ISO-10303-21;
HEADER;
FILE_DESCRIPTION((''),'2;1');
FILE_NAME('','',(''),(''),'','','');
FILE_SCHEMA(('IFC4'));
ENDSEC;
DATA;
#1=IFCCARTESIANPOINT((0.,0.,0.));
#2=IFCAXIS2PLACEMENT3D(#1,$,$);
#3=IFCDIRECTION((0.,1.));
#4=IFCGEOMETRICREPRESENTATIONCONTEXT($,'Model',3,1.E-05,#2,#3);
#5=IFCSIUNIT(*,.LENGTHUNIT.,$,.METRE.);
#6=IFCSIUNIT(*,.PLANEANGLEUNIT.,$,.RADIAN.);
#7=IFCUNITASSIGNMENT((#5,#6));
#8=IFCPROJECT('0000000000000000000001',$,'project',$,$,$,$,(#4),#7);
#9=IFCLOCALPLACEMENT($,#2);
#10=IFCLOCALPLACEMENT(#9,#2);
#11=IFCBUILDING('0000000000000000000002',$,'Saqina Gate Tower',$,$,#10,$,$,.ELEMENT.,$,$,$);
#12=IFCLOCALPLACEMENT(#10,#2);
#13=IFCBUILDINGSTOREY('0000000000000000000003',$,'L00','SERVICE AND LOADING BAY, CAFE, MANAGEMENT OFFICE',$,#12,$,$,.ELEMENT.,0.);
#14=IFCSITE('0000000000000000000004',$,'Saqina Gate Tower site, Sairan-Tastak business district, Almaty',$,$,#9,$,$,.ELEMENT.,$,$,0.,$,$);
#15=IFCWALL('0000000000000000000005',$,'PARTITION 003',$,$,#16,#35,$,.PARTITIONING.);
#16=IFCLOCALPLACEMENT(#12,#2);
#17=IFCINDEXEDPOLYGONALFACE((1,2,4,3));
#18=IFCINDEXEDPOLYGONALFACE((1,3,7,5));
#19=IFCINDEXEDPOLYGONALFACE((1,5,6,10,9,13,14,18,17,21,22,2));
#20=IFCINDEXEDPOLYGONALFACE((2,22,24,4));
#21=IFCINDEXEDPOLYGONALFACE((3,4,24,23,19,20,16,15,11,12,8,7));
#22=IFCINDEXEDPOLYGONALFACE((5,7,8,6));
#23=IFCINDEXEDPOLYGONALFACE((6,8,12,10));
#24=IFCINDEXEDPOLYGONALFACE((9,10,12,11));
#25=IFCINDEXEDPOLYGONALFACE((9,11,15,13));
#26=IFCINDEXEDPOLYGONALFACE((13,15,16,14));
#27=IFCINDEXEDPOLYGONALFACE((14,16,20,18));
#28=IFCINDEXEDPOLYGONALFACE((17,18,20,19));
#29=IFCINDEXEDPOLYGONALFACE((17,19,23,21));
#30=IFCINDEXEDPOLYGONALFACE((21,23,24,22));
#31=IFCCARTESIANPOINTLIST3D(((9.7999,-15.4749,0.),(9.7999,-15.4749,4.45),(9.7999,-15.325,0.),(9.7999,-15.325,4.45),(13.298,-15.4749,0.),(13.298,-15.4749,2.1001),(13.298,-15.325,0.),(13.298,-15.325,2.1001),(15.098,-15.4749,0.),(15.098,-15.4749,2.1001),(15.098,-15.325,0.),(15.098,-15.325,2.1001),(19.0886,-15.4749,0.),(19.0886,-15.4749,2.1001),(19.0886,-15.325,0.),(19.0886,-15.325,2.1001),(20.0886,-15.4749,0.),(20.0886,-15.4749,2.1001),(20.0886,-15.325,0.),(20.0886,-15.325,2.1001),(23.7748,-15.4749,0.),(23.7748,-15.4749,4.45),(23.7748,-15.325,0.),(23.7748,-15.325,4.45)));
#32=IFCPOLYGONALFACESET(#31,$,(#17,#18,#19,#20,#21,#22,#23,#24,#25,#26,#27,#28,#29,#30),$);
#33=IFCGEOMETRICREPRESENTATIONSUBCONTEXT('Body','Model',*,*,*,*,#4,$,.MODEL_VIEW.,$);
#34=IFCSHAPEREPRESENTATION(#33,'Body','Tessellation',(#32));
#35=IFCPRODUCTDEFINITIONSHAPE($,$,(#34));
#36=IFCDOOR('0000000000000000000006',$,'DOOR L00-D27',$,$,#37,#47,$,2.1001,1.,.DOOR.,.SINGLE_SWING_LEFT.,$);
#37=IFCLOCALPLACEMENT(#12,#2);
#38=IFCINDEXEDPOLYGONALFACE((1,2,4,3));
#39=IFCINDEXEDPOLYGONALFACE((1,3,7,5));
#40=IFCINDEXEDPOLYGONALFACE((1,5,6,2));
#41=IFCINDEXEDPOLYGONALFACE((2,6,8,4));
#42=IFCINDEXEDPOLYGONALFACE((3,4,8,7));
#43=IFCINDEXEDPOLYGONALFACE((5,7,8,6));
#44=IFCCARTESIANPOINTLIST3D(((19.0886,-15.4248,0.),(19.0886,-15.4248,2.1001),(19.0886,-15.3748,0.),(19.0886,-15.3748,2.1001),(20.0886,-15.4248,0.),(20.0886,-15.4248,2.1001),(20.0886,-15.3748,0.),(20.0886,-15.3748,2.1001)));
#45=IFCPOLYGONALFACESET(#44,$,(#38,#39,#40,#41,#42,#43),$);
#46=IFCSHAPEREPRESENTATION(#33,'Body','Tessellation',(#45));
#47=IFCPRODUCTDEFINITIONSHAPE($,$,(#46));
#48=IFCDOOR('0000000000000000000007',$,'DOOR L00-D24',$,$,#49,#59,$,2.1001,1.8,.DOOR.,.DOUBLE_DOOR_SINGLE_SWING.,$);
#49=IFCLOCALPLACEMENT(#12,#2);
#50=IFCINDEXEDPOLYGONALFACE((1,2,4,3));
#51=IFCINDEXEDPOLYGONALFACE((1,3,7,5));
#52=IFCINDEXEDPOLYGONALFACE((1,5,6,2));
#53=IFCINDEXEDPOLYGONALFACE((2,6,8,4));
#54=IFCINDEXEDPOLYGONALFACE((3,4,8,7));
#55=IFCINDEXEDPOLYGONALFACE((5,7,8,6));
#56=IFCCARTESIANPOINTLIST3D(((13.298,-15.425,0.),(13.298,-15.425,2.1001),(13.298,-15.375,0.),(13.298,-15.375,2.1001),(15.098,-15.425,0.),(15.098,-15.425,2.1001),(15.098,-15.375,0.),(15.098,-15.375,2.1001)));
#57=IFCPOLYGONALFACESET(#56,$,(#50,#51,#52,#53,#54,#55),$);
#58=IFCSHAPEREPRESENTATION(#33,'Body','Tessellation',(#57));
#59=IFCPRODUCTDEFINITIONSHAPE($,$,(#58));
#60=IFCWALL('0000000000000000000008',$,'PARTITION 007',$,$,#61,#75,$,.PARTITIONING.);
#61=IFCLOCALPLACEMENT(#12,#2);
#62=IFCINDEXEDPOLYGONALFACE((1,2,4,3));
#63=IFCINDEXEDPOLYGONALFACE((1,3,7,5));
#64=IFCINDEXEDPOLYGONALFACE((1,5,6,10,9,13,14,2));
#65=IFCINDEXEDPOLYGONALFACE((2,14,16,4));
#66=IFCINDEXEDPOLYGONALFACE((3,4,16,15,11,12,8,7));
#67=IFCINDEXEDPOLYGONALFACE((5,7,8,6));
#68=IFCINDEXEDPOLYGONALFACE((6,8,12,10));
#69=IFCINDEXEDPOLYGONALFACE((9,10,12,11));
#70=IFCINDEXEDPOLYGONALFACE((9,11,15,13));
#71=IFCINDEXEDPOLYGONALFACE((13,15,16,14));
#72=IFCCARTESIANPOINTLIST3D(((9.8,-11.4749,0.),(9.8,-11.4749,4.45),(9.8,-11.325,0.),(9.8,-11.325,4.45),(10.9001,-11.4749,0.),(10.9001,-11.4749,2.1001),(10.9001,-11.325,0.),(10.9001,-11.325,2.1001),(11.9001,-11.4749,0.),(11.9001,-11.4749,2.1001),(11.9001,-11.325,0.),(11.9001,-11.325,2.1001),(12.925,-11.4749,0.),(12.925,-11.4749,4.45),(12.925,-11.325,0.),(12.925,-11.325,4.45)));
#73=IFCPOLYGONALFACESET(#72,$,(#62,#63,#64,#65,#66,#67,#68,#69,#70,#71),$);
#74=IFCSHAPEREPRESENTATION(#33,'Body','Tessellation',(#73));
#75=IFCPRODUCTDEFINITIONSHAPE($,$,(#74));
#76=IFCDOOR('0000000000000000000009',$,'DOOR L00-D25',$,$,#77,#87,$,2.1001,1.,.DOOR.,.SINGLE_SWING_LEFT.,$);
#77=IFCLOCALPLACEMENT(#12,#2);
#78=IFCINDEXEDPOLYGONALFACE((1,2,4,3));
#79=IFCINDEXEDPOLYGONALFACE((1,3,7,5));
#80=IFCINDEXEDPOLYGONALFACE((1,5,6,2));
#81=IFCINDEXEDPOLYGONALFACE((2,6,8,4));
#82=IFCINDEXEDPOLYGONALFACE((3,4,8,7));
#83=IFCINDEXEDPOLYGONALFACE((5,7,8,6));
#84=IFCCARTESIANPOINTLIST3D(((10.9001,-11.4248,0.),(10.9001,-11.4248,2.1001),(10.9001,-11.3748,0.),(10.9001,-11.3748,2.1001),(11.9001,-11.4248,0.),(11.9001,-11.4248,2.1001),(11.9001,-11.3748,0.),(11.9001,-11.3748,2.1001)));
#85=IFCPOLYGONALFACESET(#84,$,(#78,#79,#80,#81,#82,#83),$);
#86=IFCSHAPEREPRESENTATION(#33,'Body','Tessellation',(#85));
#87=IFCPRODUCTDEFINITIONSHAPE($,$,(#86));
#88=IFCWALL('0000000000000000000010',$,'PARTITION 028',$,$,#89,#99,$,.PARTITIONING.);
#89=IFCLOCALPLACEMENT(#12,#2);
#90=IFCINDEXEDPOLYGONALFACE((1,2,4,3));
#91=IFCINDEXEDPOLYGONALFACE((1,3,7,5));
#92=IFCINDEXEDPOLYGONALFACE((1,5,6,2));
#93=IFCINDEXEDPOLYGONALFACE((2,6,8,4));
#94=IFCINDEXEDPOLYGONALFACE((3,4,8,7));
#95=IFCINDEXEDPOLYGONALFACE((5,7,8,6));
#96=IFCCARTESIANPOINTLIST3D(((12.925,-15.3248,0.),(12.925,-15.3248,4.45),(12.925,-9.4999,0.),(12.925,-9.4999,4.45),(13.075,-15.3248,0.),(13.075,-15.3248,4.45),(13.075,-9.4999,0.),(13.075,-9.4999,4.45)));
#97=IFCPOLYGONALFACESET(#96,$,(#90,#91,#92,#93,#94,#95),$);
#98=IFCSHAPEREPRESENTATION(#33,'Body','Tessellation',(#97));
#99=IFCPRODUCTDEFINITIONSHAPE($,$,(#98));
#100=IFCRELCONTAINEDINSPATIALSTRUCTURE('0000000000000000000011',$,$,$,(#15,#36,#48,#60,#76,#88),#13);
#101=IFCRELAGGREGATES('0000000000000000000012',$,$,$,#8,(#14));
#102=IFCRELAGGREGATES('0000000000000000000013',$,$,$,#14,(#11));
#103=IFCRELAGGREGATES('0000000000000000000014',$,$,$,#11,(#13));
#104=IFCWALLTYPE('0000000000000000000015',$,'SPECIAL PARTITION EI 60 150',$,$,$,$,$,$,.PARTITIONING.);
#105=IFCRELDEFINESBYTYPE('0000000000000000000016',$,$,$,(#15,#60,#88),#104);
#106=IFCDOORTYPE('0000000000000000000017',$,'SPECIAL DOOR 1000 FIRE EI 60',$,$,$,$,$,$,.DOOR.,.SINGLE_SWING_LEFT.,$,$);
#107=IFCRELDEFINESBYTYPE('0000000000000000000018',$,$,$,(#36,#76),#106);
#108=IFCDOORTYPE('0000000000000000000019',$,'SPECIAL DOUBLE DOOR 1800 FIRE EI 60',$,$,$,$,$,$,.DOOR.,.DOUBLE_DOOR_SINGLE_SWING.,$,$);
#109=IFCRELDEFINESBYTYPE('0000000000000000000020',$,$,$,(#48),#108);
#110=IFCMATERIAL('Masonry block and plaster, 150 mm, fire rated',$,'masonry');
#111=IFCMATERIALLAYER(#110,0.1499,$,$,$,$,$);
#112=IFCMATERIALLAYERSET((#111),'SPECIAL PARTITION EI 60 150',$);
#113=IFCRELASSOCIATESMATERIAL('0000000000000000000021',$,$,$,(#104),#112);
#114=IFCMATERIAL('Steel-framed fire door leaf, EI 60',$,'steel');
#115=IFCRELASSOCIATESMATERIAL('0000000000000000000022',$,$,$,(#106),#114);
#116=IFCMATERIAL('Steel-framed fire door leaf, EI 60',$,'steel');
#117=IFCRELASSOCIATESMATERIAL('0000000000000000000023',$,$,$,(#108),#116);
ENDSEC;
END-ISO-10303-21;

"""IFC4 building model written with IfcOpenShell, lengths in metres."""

from ifc_helpers import new_model, si_unit, direction, frame, frame_2d, origin, place, context, subcontext, project, spatial, rectangle, extrude, material, layer, layer_set, type_object, element, fill, save


model = new_model("IFC4")

# Units and contexts
model_context = context("Model", 3, precision=1e-05, world=origin(), true_north=direction((0.0, 1.0)))
body_context = subcontext(model_context, "Body", "Model", "MODEL_VIEW")
ifc_project = project(units=[si_unit("LENGTHUNIT", "METRE"), si_unit("PLANEANGLEUNIT", "RADIAN")], contexts=[model_context])

# Site, building, storey
site_placement = place(None, origin())
site = spatial("IfcSite", under=ifc_project, at=site_placement, Name="Saqina Gate Tower site, Sairan-Tastak business district, Almaty", CompositionType="ELEMENT", RefElevation=0.0)
building_placement = place(site_placement, origin())
building = spatial("IfcBuilding", under=site, at=building_placement, Name="Saqina Gate Tower", CompositionType="ELEMENT")
storey_placement = place(building_placement, origin())
storey = spatial("IfcBuildingStorey", under=building, at=storey_placement, Name="L00", Description="SERVICE AND LOADING BAY, CAFE, MANAGEMENT OFFICE", CompositionType="ELEMENT", Elevation=0.0)

# Wall, openings, doors
ifc_material_1 = material(Name="Masonry block and plaster, 150 mm, fire rated", Category="masonry")
ifc_layer_1 = layer(ifc_material_1, 0.1499)
ifc_layer_set_1 = layer_set([ifc_layer_1], Name="SPECIAL PARTITION EI 60 150")
wall_type_1 = type_object("IfcWallType", Name="SPECIAL PARTITION EI 60 150", PredefinedType="PARTITIONING", material=ifc_layer_set_1)
wall_1_placement = place(storey_placement, frame((9.8, -15.3999, 0.0), z_axis=(0.0, 0.0, 1.0), x_axis=(1.0, 0.0, 0.0)))
wall_1 = element("IfcWall", 1, at=wall_1_placement, inside=storey, type_object=wall_type_1, Name="PARTITION 003", PredefinedType="PARTITIONING", context=body_context, shape_type="SweptSolid", body=[
    extrude(rectangle(XDim=13.9749, YDim=0.1499, at=frame_2d((6.9873, 0.0))), origin(), (0.0, 0.0, 1.0), 4.45),
])
opening_1_placement = place(wall_1_placement, frame((3.498, 0.0, 0.0)))
opening_1 = element("IfcOpeningElement", 2, at=opening_1_placement, cuts=wall_1, PredefinedType="OPENING", context=body_context, shape_type="SweptSolid", body=[
    extrude(rectangle(XDim=1.8, YDim=2.1001, at=frame_2d((0.8999, 1.05))), frame((0.0, 0.0869, 0.0), z_axis=(0.0, -1.0, 0.0), x_axis=(1.0, 0.0, 0.0)), (0.0, 0.0, 1.0), 0.1738),
])
opening_2_placement = place(wall_1_placement, frame((9.2886, 0.0, 0.0)))
opening_2 = element("IfcOpeningElement", 3, at=opening_2_placement, cuts=wall_1, PredefinedType="OPENING", context=body_context, shape_type="SweptSolid", body=[
    extrude(rectangle(XDim=1.0, YDim=2.1001, at=frame_2d((0.5, 1.05))), frame((0.0, 0.0869, 0.0), z_axis=(0.0, -1.0, 0.0), x_axis=(1.0, 0.0, 0.0)), (0.0, 0.0, 1.0), 0.1738),
])
ifc_material_2 = material(Name="Steel-framed fire door leaf, EI 60", Category="steel")
door_type_1 = type_object("IfcDoorType", Name="SPECIAL DOOR 1000 FIRE EI 60", OperationType="SINGLE_SWING_LEFT", PredefinedType="DOOR", material=ifc_material_2)
door_1_placement = place(opening_2_placement, frame((1.0, 0.0, 0.0), z_axis=(0.0, 0.0, 1.0), x_axis=(-1.0, 0.0, 0.0)))
door_1 = element("IfcDoor", 4, at=door_1_placement, inside=storey, type_object=door_type_1, Name="DOOR L00-D27", OperationType="SINGLE_SWING_LEFT", OverallHeight=2.1001, OverallWidth=1.0, PredefinedType="DOOR", context=body_context, shape_type="SweptSolid", body=[
    extrude(rectangle(XDim=1.0, YDim=2.1001, at=frame_2d((0.5, 1.05))), frame((0.0, 0.0249, 0.0), z_axis=(0.0, -1.0, 0.0), x_axis=(1.0, 0.0, 0.0)), (0.0, 0.0, 1.0), 0.05),
])
fill(opening_2, door_1)
ifc_material_3 = material(Name="Steel-framed fire door leaf, EI 60", Category="steel")
door_type_2 = type_object("IfcDoorType", Name="SPECIAL DOUBLE DOOR 1800 FIRE EI 60", OperationType="DOUBLE_DOOR_SINGLE_SWING", PredefinedType="DOOR", material=ifc_material_3)
door_2_placement = place(opening_1_placement, origin())
door_2 = element("IfcDoor", 5, at=door_2_placement, inside=storey, type_object=door_type_2, Name="DOOR L00-D24", OperationType="DOUBLE_DOOR_SINGLE_SWING", OverallHeight=2.1001, OverallWidth=1.8, PredefinedType="DOOR", context=body_context, shape_type="SweptSolid", body=[
    extrude(rectangle(XDim=1.8, YDim=2.1001, at=frame_2d((0.8999, 1.05))), frame((0.0, 0.0249, 0.0), z_axis=(0.0, -1.0, 0.0), x_axis=(1.0, 0.0, 0.0)), (0.0, 0.0, 1.0), 0.05),
])
fill(opening_1, door_2)

# Wall, opening, door
wall_2_placement = place(storey_placement, frame((9.8, -11.3999, 0.0), z_axis=(0.0, 0.0, 1.0), x_axis=(1.0, 0.0, 0.0)))
wall_2 = element("IfcWall", 6, at=wall_2_placement, inside=storey, type_object=wall_type_1, Name="PARTITION 007", PredefinedType="PARTITIONING", context=body_context, shape_type="SweptSolid", body=[
    extrude(rectangle(XDim=3.125, YDim=0.1499, at=frame_2d((1.5625, 0.0))), origin(), (0.0, 0.0, 1.0), 4.45),
])
opening_3_placement = place(wall_2_placement, frame((1.1001, 0.0, 0.0)))
opening_3 = element("IfcOpeningElement", 7, at=opening_3_placement, cuts=wall_2, PredefinedType="OPENING", context=body_context, shape_type="SweptSolid", body=[
    extrude(rectangle(XDim=1.0, YDim=2.1001, at=frame_2d((0.5, 1.05))), frame((0.0, 0.0869, 0.0), z_axis=(0.0, -1.0, 0.0), x_axis=(1.0, 0.0, 0.0)), (0.0, 0.0, 1.0), 0.1738),
])
door_3_placement = place(opening_3_placement, frame((1.0, 0.0, 0.0), z_axis=(0.0, 0.0, 1.0), x_axis=(-1.0, 0.0, 0.0)))
door_3 = element("IfcDoor", 8, at=door_3_placement, inside=storey, type_object=door_type_1, Name="DOOR L00-D25", OperationType="SINGLE_SWING_LEFT", OverallHeight=2.1001, OverallWidth=1.0, PredefinedType="DOOR", context=body_context, shape_type="SweptSolid", body=[
    extrude(rectangle(XDim=1.0, YDim=2.1001, at=frame_2d((0.5, 1.05))), frame((0.0, 0.0249, 0.0), z_axis=(0.0, -1.0, 0.0), x_axis=(1.0, 0.0, 0.0)), (0.0, 0.0, 1.0), 0.05),
])
fill(opening_3, door_3)

# Wall
wall_3_placement = place(storey_placement, frame((13.0, -15.325, 0.0), z_axis=(0.0, 0.0, 1.0), x_axis=(0.0, 1.0, 0.0)))
element("IfcWall", 9, at=wall_3_placement, inside=storey, type_object=wall_type_1, Name="PARTITION 028", PredefinedType="PARTITIONING", context=body_context, shape_type="SweptSolid", body=[
    extrude(rectangle(XDim=5.825, YDim=0.1499, at=frame_2d((2.9126, 0.0))), origin(), (0.0, 0.0, 1.0), 4.45),
])

save(model, "model.ifc")
